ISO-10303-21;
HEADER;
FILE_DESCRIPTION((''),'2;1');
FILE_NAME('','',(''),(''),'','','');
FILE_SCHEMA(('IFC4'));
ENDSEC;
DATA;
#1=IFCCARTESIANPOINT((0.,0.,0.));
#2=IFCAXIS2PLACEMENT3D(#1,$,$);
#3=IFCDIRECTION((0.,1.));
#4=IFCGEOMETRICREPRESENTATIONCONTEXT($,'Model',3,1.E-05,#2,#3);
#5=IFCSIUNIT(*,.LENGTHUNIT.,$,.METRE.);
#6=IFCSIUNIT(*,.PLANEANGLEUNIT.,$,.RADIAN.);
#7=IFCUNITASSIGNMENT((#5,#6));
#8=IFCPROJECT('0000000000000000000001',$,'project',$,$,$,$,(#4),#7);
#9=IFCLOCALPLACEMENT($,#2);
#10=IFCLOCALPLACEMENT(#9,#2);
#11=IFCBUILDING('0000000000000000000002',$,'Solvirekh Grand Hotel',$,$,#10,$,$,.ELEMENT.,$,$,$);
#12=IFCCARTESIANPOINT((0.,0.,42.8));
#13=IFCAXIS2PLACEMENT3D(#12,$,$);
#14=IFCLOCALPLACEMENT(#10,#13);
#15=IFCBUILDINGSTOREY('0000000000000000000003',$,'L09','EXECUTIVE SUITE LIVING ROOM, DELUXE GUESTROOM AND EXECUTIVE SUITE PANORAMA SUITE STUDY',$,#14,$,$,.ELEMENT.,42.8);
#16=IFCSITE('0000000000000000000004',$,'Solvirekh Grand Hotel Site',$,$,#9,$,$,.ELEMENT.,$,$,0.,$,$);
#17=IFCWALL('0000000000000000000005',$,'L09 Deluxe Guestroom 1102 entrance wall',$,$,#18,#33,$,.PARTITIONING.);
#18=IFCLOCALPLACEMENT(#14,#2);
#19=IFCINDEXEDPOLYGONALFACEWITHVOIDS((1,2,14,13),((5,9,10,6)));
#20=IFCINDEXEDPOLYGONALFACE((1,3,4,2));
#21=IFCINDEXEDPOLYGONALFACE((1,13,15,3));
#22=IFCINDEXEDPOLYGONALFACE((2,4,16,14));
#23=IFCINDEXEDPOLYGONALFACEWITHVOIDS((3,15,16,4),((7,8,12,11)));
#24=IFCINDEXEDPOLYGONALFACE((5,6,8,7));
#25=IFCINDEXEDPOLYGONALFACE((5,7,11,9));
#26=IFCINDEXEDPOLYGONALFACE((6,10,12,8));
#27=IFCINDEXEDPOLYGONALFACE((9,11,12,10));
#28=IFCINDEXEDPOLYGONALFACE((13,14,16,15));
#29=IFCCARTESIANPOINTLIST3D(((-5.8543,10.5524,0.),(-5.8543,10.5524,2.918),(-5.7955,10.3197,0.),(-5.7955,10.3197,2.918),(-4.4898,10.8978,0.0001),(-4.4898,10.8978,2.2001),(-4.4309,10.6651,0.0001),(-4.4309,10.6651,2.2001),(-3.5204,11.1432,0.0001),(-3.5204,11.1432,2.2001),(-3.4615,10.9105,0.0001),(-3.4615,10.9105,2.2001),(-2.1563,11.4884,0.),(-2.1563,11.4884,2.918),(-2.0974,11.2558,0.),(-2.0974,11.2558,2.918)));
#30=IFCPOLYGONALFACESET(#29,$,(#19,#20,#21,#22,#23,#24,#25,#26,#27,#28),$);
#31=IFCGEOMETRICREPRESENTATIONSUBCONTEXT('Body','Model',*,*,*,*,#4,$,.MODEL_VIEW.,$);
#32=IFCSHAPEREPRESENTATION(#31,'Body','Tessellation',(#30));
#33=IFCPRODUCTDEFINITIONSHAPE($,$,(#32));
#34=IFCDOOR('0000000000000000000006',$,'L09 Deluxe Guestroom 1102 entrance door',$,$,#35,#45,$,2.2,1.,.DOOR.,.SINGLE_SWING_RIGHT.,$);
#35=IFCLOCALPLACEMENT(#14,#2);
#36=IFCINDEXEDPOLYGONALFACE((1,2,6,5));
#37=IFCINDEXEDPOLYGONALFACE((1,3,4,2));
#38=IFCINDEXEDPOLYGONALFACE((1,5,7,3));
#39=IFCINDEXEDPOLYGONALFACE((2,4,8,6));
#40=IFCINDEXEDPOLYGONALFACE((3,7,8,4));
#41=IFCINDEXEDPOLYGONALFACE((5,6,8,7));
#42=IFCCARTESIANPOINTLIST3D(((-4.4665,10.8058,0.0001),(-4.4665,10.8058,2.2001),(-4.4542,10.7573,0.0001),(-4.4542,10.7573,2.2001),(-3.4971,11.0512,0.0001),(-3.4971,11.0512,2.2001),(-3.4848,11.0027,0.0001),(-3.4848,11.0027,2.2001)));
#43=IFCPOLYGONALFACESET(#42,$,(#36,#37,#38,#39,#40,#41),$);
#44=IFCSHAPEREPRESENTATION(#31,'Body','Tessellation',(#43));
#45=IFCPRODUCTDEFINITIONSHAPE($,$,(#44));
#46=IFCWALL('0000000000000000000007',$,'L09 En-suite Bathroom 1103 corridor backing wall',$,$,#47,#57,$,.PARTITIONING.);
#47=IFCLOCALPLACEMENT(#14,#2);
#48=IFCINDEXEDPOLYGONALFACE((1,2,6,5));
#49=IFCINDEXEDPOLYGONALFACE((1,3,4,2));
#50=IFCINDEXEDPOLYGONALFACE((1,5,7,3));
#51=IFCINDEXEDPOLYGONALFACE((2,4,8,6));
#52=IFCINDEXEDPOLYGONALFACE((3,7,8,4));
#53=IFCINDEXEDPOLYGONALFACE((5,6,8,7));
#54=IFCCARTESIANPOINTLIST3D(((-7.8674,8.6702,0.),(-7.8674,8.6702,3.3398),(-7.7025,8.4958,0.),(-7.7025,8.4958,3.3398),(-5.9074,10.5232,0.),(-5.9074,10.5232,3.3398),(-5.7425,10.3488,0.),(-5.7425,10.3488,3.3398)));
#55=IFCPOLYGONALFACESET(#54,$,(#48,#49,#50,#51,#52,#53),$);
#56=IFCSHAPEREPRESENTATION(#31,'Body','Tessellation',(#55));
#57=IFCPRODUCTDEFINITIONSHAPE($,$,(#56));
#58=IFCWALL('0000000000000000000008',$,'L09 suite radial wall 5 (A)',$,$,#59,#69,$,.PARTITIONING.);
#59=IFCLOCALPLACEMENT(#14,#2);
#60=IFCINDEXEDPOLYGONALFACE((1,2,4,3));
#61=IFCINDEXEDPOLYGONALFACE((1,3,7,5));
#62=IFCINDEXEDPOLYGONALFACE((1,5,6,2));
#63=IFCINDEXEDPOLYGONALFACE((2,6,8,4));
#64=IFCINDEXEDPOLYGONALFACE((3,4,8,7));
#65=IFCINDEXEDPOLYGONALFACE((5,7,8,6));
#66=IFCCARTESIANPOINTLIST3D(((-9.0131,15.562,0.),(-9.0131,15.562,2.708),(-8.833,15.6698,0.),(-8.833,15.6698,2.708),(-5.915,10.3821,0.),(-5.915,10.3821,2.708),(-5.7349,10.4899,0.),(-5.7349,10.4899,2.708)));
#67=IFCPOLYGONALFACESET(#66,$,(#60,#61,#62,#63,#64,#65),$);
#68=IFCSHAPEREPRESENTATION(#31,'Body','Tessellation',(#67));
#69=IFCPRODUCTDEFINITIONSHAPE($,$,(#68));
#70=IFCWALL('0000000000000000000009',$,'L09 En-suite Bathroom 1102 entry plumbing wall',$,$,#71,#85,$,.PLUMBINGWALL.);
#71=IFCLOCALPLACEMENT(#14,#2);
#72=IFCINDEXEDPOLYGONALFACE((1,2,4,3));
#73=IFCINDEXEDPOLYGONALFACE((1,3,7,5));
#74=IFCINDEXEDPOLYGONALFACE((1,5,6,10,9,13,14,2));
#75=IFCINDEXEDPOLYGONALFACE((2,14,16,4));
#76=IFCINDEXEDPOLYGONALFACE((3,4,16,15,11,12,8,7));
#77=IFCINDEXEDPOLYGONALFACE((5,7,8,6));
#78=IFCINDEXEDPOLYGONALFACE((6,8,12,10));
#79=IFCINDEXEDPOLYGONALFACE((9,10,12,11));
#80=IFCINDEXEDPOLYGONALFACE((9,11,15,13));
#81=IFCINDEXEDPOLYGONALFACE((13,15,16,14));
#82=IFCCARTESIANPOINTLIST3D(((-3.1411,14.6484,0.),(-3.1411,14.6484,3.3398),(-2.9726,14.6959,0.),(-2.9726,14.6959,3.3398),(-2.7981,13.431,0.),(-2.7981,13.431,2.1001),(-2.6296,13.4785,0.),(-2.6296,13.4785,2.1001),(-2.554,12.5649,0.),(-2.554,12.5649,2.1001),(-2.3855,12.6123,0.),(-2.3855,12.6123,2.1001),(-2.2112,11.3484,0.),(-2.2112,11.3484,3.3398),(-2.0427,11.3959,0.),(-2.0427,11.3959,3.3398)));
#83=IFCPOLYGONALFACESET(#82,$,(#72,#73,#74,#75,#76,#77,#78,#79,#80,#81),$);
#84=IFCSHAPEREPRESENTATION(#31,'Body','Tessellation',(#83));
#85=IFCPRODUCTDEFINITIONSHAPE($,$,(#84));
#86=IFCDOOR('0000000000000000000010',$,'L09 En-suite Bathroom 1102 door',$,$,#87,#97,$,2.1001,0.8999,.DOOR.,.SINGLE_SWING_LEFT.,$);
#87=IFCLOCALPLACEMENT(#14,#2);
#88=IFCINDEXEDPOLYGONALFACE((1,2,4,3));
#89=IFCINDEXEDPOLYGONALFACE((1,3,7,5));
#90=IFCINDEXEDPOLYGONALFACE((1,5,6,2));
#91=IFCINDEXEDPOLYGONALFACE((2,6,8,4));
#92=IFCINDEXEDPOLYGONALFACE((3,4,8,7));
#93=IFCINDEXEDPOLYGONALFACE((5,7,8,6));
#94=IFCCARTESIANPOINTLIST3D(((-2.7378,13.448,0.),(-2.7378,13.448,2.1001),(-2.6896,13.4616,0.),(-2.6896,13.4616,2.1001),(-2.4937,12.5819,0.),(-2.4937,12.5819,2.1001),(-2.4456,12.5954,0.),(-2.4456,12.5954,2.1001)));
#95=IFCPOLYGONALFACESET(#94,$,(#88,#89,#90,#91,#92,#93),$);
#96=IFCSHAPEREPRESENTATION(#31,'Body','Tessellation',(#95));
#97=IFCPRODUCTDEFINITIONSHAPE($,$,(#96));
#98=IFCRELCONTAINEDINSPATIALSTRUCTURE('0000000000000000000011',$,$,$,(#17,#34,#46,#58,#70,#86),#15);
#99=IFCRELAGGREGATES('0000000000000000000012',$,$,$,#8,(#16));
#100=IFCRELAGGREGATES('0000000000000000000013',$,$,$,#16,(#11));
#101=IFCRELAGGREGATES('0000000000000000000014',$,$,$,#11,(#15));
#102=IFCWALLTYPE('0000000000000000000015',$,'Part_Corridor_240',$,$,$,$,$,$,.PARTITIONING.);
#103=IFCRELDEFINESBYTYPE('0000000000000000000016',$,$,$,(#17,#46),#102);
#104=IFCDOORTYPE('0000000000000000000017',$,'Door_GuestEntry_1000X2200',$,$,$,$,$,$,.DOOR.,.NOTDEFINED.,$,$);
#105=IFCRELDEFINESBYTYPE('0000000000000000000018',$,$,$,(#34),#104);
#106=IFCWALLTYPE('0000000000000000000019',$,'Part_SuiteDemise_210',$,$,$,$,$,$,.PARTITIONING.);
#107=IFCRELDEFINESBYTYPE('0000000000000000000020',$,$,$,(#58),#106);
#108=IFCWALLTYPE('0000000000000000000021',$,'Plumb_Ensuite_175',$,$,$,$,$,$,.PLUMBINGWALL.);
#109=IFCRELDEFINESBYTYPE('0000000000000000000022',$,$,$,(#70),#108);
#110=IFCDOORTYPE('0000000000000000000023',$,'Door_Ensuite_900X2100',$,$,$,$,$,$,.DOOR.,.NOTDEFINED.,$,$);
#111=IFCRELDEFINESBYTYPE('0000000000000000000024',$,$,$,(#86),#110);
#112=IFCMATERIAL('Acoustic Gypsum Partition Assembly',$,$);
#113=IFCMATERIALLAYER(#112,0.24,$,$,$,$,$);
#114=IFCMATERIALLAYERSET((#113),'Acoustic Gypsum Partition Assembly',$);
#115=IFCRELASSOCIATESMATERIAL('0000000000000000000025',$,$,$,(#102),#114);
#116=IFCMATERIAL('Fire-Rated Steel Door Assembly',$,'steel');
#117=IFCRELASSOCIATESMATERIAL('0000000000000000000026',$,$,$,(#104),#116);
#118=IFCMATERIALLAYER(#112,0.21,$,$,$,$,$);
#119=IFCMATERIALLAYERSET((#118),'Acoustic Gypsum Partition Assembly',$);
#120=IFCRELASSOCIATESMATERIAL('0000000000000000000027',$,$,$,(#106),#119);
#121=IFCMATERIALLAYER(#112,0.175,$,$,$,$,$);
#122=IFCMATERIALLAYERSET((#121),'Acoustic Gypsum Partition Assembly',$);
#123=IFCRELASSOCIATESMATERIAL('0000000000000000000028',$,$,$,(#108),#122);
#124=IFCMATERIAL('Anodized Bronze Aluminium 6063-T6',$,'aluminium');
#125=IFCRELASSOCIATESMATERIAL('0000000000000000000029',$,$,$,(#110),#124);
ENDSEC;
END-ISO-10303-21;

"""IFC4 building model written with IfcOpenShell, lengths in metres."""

from ifc_helpers import new_model, si_unit, direction, frame, frame_2d, origin, place, context, subcontext, project, spatial, rectangle, extrude, material, layer, layer_set, type_object, element, fill, save


model = new_model("IFC4")

# Units and contexts
model_context = context("Model", 3, precision=1e-05, world=origin(), true_north=direction((0.0, 1.0)))
body_context = subcontext(model_context, "Body", "Model", "MODEL_VIEW")
ifc_project = project(units=[si_unit("LENGTHUNIT", "METRE"), si_unit("PLANEANGLEUNIT", "RADIAN")], contexts=[model_context])

# Site, building, storey
site_placement = place(None, origin())
site = spatial("IfcSite", under=ifc_project, at=site_placement, Name="Solvirekh Grand Hotel Site", CompositionType="ELEMENT", RefElevation=0.0)
building_placement = place(site_placement, origin())
building = spatial("IfcBuilding", under=site, at=building_placement, Name="Solvirekh Grand Hotel", CompositionType="ELEMENT")
storey_placement = place(building_placement, frame((0.0, 0.0, 42.8)))
storey = spatial("IfcBuildingStorey", under=building, at=storey_placement, Name="L09", Description="EXECUTIVE SUITE LIVING ROOM, DELUXE GUESTROOM AND EXECUTIVE SUITE PANORAMA SUITE STUDY", CompositionType="ELEMENT", Elevation=42.8)

# Wall, opening, door
ifc_material_1 = material(Name="Acoustic Gypsum Partition Assembly")
ifc_layer_1 = layer(ifc_material_1, 0.24)
ifc_layer_set_1 = layer_set([ifc_layer_1], Name="Acoustic Gypsum Partition Assembly")
wall_type_1 = type_object("IfcWallType", Name="Part_Corridor_240", PredefinedType="PARTITIONING", material=ifc_layer_set_1)
wall_1_placement = place(storey_placement, frame((-2.127, 11.3721, 0.0), z_axis=(0.0, 0.0, 1.0), x_axis=(-0.969427, -0.245381, 0.0)))
wall_1 = element("IfcWall", 1, at=wall_1_placement, inside=storey, type_object=wall_type_1, Name="L09 Deluxe Guestroom 1102 entrance wall", PredefinedType="PARTITIONING", context=body_context, shape_type="SweptSolid", body=[
    extrude(rectangle(XDim=3.8147, YDim=0.24, at=frame_2d((1.9072, 0.0))), origin(), (0.0, 0.0, 1.0), 2.918),
])
opening_1_placement = place(wall_1_placement, frame((1.407, 0.0, 0.0)))
opening_1 = element("IfcOpeningElement", 2, at=opening_1_placement, cuts=wall_1, PredefinedType="OPENING", context=body_context, shape_type="SweptSolid", body=[
    extrude(rectangle(XDim=1.0, YDim=2.2, at=frame_2d((0.5, 1.1001))), frame((0.0, 0.1299, 0.0), z_axis=(0.0, -1.0, 0.0), x_axis=(1.0, 0.0, 0.0)), (0.0, 0.0, 1.0), 0.26),
])
ifc_material_2 = material(Name="Fire-Rated Steel Door Assembly", Category="steel")
door_type_1 = type_object("IfcDoorType", Name="Door_GuestEntry_1000X2200", OperationType="NOTDEFINED", PredefinedType="DOOR", material=ifc_material_2)
door_1_placement = place(opening_1_placement, origin())
door_1 = element("IfcDoor", 3, at=door_1_placement, inside=storey, type_object=door_type_1, Name="L09 Deluxe Guestroom 1102 entrance door", OperationType="SINGLE_SWING_RIGHT", OverallHeight=2.2, OverallWidth=1.0, PredefinedType="DOOR", context=body_context, shape_type="SweptSolid", body=[
    extrude(rectangle(XDim=1.0, YDim=2.2, at=frame_2d((0.5, 1.1001))), frame((0.0, 0.0249, 0.0), z_axis=(0.0, -1.0, 0.0), x_axis=(1.0, 0.0, 0.0)), (0.0, 0.0, 1.0), 0.05),
])
fill(opening_1, door_1)

# Walls
wall_2_placement = place(storey_placement, frame((-5.825, 10.436, 0.0), z_axis=(0.0, 0.0, 1.0), x_axis=(-0.726652, -0.687006, 0.0)))
element("IfcWall", 4, at=wall_2_placement, inside=storey, type_object=wall_type_1, Name="L09 En-suite Bathroom 1103 corridor backing wall", PredefinedType="PARTITIONING", context=body_context, shape_type="SweptSolid", body=[
    extrude(rectangle(XDim=2.6973, YDim=0.24, at=frame_2d((1.3486, 0.0))), origin(), (0.0, 0.0, 1.0), 3.3398),
])
ifc_layer_2 = layer(ifc_material_1, 0.21)
ifc_layer_set_2 = layer_set([ifc_layer_2], Name="Acoustic Gypsum Partition Assembly")
wall_type_2 = type_object("IfcWallType", Name="Part_SuiteDemise_210", PredefinedType="PARTITIONING", material=ifc_layer_set_2)
wall_3_placement = place(storey_placement, frame((-5.825, 10.436, 0.0), z_axis=(0.0, 0.0, 1.0), x_axis=(-0.5133, 0.858209, 0.0)))
element("IfcWall", 5, at=wall_3_placement, inside=storey, type_object=wall_type_2, Name="L09 suite radial wall 5 (A)", PredefinedType="PARTITIONING", context=body_context, shape_type="SweptSolid", body=[
    extrude(rectangle(XDim=6.0356, YDim=0.21, at=frame_2d((3.0178, 0.0))), origin(), (0.0, 0.0, 1.0), 2.708),
])

# Wall, opening, door
ifc_layer_3 = layer(ifc_material_1, 0.175)
ifc_layer_set_3 = layer_set([ifc_layer_3], Name="Acoustic Gypsum Partition Assembly")
wall_type_3 = type_object("IfcWallType", Name="Plumb_Ensuite_175", PredefinedType="PLUMBINGWALL", material=ifc_layer_set_3)
wall_4_placement = place(storey_placement, frame((-2.127, 11.3721, 0.0), z_axis=(0.0, 0.0, 1.0), x_axis=(-0.27123, 0.962515, 0.0)))
wall_4 = element("IfcWall", 6, at=wall_4_placement, inside=storey, type_object=wall_type_3, Name="L09 En-suite Bathroom 1102 entry plumbing wall", PredefinedType="PLUMBINGWALL", context=body_context, shape_type="SweptSolid", body=[
    extrude(rectangle(XDim=3.4285, YDim=0.175, at=frame_2d((1.7144, 0.0))), origin(), (0.0, 0.0, 1.0), 3.3398),
])
opening_2_placement = place(wall_4_placement, frame((1.2639, 0.0, 0.0)))
opening_2 = element("IfcOpeningElement", 7, at=opening_2_placement, cuts=wall_4, PredefinedType="OPENING", context=body_context, shape_type="SweptSolid", body=[
    extrude(rectangle(XDim=0.8999, YDim=2.1001, at=frame_2d((0.45, 1.05))), frame((0.0, 0.0977, 0.0), z_axis=(0.0, -1.0, 0.0), x_axis=(1.0, 0.0, 0.0)), (0.0, 0.0, 1.0), 0.1951),
])
ifc_material_3 = material(Name="Anodized Bronze Aluminium 6063-T6", Category="aluminium")
door_type_2 = type_object("IfcDoorType", Name="Door_Ensuite_900X2100", OperationType="NOTDEFINED", PredefinedType="DOOR", material=ifc_material_3)
door_2_placement = place(opening_2_placement, origin())
door_2 = element("IfcDoor", 8, at=door_2_placement, inside=storey, type_object=door_type_2, Name="L09 En-suite Bathroom 1102 door", OperationType="SINGLE_SWING_LEFT", OverallHeight=2.1001, OverallWidth=0.8999, PredefinedType="DOOR", context=body_context, shape_type="SweptSolid", body=[
    extrude(rectangle(XDim=0.8999, YDim=2.1001, at=frame_2d((0.45, 1.05))), frame((0.0, 0.0249, 0.0), z_axis=(0.0, -1.0, 0.0), x_axis=(1.0, 0.0, 0.0)), (0.0, 0.0, 1.0), 0.05),
])
fill(opening_2, door_2)

save(model, "model.ifc")
